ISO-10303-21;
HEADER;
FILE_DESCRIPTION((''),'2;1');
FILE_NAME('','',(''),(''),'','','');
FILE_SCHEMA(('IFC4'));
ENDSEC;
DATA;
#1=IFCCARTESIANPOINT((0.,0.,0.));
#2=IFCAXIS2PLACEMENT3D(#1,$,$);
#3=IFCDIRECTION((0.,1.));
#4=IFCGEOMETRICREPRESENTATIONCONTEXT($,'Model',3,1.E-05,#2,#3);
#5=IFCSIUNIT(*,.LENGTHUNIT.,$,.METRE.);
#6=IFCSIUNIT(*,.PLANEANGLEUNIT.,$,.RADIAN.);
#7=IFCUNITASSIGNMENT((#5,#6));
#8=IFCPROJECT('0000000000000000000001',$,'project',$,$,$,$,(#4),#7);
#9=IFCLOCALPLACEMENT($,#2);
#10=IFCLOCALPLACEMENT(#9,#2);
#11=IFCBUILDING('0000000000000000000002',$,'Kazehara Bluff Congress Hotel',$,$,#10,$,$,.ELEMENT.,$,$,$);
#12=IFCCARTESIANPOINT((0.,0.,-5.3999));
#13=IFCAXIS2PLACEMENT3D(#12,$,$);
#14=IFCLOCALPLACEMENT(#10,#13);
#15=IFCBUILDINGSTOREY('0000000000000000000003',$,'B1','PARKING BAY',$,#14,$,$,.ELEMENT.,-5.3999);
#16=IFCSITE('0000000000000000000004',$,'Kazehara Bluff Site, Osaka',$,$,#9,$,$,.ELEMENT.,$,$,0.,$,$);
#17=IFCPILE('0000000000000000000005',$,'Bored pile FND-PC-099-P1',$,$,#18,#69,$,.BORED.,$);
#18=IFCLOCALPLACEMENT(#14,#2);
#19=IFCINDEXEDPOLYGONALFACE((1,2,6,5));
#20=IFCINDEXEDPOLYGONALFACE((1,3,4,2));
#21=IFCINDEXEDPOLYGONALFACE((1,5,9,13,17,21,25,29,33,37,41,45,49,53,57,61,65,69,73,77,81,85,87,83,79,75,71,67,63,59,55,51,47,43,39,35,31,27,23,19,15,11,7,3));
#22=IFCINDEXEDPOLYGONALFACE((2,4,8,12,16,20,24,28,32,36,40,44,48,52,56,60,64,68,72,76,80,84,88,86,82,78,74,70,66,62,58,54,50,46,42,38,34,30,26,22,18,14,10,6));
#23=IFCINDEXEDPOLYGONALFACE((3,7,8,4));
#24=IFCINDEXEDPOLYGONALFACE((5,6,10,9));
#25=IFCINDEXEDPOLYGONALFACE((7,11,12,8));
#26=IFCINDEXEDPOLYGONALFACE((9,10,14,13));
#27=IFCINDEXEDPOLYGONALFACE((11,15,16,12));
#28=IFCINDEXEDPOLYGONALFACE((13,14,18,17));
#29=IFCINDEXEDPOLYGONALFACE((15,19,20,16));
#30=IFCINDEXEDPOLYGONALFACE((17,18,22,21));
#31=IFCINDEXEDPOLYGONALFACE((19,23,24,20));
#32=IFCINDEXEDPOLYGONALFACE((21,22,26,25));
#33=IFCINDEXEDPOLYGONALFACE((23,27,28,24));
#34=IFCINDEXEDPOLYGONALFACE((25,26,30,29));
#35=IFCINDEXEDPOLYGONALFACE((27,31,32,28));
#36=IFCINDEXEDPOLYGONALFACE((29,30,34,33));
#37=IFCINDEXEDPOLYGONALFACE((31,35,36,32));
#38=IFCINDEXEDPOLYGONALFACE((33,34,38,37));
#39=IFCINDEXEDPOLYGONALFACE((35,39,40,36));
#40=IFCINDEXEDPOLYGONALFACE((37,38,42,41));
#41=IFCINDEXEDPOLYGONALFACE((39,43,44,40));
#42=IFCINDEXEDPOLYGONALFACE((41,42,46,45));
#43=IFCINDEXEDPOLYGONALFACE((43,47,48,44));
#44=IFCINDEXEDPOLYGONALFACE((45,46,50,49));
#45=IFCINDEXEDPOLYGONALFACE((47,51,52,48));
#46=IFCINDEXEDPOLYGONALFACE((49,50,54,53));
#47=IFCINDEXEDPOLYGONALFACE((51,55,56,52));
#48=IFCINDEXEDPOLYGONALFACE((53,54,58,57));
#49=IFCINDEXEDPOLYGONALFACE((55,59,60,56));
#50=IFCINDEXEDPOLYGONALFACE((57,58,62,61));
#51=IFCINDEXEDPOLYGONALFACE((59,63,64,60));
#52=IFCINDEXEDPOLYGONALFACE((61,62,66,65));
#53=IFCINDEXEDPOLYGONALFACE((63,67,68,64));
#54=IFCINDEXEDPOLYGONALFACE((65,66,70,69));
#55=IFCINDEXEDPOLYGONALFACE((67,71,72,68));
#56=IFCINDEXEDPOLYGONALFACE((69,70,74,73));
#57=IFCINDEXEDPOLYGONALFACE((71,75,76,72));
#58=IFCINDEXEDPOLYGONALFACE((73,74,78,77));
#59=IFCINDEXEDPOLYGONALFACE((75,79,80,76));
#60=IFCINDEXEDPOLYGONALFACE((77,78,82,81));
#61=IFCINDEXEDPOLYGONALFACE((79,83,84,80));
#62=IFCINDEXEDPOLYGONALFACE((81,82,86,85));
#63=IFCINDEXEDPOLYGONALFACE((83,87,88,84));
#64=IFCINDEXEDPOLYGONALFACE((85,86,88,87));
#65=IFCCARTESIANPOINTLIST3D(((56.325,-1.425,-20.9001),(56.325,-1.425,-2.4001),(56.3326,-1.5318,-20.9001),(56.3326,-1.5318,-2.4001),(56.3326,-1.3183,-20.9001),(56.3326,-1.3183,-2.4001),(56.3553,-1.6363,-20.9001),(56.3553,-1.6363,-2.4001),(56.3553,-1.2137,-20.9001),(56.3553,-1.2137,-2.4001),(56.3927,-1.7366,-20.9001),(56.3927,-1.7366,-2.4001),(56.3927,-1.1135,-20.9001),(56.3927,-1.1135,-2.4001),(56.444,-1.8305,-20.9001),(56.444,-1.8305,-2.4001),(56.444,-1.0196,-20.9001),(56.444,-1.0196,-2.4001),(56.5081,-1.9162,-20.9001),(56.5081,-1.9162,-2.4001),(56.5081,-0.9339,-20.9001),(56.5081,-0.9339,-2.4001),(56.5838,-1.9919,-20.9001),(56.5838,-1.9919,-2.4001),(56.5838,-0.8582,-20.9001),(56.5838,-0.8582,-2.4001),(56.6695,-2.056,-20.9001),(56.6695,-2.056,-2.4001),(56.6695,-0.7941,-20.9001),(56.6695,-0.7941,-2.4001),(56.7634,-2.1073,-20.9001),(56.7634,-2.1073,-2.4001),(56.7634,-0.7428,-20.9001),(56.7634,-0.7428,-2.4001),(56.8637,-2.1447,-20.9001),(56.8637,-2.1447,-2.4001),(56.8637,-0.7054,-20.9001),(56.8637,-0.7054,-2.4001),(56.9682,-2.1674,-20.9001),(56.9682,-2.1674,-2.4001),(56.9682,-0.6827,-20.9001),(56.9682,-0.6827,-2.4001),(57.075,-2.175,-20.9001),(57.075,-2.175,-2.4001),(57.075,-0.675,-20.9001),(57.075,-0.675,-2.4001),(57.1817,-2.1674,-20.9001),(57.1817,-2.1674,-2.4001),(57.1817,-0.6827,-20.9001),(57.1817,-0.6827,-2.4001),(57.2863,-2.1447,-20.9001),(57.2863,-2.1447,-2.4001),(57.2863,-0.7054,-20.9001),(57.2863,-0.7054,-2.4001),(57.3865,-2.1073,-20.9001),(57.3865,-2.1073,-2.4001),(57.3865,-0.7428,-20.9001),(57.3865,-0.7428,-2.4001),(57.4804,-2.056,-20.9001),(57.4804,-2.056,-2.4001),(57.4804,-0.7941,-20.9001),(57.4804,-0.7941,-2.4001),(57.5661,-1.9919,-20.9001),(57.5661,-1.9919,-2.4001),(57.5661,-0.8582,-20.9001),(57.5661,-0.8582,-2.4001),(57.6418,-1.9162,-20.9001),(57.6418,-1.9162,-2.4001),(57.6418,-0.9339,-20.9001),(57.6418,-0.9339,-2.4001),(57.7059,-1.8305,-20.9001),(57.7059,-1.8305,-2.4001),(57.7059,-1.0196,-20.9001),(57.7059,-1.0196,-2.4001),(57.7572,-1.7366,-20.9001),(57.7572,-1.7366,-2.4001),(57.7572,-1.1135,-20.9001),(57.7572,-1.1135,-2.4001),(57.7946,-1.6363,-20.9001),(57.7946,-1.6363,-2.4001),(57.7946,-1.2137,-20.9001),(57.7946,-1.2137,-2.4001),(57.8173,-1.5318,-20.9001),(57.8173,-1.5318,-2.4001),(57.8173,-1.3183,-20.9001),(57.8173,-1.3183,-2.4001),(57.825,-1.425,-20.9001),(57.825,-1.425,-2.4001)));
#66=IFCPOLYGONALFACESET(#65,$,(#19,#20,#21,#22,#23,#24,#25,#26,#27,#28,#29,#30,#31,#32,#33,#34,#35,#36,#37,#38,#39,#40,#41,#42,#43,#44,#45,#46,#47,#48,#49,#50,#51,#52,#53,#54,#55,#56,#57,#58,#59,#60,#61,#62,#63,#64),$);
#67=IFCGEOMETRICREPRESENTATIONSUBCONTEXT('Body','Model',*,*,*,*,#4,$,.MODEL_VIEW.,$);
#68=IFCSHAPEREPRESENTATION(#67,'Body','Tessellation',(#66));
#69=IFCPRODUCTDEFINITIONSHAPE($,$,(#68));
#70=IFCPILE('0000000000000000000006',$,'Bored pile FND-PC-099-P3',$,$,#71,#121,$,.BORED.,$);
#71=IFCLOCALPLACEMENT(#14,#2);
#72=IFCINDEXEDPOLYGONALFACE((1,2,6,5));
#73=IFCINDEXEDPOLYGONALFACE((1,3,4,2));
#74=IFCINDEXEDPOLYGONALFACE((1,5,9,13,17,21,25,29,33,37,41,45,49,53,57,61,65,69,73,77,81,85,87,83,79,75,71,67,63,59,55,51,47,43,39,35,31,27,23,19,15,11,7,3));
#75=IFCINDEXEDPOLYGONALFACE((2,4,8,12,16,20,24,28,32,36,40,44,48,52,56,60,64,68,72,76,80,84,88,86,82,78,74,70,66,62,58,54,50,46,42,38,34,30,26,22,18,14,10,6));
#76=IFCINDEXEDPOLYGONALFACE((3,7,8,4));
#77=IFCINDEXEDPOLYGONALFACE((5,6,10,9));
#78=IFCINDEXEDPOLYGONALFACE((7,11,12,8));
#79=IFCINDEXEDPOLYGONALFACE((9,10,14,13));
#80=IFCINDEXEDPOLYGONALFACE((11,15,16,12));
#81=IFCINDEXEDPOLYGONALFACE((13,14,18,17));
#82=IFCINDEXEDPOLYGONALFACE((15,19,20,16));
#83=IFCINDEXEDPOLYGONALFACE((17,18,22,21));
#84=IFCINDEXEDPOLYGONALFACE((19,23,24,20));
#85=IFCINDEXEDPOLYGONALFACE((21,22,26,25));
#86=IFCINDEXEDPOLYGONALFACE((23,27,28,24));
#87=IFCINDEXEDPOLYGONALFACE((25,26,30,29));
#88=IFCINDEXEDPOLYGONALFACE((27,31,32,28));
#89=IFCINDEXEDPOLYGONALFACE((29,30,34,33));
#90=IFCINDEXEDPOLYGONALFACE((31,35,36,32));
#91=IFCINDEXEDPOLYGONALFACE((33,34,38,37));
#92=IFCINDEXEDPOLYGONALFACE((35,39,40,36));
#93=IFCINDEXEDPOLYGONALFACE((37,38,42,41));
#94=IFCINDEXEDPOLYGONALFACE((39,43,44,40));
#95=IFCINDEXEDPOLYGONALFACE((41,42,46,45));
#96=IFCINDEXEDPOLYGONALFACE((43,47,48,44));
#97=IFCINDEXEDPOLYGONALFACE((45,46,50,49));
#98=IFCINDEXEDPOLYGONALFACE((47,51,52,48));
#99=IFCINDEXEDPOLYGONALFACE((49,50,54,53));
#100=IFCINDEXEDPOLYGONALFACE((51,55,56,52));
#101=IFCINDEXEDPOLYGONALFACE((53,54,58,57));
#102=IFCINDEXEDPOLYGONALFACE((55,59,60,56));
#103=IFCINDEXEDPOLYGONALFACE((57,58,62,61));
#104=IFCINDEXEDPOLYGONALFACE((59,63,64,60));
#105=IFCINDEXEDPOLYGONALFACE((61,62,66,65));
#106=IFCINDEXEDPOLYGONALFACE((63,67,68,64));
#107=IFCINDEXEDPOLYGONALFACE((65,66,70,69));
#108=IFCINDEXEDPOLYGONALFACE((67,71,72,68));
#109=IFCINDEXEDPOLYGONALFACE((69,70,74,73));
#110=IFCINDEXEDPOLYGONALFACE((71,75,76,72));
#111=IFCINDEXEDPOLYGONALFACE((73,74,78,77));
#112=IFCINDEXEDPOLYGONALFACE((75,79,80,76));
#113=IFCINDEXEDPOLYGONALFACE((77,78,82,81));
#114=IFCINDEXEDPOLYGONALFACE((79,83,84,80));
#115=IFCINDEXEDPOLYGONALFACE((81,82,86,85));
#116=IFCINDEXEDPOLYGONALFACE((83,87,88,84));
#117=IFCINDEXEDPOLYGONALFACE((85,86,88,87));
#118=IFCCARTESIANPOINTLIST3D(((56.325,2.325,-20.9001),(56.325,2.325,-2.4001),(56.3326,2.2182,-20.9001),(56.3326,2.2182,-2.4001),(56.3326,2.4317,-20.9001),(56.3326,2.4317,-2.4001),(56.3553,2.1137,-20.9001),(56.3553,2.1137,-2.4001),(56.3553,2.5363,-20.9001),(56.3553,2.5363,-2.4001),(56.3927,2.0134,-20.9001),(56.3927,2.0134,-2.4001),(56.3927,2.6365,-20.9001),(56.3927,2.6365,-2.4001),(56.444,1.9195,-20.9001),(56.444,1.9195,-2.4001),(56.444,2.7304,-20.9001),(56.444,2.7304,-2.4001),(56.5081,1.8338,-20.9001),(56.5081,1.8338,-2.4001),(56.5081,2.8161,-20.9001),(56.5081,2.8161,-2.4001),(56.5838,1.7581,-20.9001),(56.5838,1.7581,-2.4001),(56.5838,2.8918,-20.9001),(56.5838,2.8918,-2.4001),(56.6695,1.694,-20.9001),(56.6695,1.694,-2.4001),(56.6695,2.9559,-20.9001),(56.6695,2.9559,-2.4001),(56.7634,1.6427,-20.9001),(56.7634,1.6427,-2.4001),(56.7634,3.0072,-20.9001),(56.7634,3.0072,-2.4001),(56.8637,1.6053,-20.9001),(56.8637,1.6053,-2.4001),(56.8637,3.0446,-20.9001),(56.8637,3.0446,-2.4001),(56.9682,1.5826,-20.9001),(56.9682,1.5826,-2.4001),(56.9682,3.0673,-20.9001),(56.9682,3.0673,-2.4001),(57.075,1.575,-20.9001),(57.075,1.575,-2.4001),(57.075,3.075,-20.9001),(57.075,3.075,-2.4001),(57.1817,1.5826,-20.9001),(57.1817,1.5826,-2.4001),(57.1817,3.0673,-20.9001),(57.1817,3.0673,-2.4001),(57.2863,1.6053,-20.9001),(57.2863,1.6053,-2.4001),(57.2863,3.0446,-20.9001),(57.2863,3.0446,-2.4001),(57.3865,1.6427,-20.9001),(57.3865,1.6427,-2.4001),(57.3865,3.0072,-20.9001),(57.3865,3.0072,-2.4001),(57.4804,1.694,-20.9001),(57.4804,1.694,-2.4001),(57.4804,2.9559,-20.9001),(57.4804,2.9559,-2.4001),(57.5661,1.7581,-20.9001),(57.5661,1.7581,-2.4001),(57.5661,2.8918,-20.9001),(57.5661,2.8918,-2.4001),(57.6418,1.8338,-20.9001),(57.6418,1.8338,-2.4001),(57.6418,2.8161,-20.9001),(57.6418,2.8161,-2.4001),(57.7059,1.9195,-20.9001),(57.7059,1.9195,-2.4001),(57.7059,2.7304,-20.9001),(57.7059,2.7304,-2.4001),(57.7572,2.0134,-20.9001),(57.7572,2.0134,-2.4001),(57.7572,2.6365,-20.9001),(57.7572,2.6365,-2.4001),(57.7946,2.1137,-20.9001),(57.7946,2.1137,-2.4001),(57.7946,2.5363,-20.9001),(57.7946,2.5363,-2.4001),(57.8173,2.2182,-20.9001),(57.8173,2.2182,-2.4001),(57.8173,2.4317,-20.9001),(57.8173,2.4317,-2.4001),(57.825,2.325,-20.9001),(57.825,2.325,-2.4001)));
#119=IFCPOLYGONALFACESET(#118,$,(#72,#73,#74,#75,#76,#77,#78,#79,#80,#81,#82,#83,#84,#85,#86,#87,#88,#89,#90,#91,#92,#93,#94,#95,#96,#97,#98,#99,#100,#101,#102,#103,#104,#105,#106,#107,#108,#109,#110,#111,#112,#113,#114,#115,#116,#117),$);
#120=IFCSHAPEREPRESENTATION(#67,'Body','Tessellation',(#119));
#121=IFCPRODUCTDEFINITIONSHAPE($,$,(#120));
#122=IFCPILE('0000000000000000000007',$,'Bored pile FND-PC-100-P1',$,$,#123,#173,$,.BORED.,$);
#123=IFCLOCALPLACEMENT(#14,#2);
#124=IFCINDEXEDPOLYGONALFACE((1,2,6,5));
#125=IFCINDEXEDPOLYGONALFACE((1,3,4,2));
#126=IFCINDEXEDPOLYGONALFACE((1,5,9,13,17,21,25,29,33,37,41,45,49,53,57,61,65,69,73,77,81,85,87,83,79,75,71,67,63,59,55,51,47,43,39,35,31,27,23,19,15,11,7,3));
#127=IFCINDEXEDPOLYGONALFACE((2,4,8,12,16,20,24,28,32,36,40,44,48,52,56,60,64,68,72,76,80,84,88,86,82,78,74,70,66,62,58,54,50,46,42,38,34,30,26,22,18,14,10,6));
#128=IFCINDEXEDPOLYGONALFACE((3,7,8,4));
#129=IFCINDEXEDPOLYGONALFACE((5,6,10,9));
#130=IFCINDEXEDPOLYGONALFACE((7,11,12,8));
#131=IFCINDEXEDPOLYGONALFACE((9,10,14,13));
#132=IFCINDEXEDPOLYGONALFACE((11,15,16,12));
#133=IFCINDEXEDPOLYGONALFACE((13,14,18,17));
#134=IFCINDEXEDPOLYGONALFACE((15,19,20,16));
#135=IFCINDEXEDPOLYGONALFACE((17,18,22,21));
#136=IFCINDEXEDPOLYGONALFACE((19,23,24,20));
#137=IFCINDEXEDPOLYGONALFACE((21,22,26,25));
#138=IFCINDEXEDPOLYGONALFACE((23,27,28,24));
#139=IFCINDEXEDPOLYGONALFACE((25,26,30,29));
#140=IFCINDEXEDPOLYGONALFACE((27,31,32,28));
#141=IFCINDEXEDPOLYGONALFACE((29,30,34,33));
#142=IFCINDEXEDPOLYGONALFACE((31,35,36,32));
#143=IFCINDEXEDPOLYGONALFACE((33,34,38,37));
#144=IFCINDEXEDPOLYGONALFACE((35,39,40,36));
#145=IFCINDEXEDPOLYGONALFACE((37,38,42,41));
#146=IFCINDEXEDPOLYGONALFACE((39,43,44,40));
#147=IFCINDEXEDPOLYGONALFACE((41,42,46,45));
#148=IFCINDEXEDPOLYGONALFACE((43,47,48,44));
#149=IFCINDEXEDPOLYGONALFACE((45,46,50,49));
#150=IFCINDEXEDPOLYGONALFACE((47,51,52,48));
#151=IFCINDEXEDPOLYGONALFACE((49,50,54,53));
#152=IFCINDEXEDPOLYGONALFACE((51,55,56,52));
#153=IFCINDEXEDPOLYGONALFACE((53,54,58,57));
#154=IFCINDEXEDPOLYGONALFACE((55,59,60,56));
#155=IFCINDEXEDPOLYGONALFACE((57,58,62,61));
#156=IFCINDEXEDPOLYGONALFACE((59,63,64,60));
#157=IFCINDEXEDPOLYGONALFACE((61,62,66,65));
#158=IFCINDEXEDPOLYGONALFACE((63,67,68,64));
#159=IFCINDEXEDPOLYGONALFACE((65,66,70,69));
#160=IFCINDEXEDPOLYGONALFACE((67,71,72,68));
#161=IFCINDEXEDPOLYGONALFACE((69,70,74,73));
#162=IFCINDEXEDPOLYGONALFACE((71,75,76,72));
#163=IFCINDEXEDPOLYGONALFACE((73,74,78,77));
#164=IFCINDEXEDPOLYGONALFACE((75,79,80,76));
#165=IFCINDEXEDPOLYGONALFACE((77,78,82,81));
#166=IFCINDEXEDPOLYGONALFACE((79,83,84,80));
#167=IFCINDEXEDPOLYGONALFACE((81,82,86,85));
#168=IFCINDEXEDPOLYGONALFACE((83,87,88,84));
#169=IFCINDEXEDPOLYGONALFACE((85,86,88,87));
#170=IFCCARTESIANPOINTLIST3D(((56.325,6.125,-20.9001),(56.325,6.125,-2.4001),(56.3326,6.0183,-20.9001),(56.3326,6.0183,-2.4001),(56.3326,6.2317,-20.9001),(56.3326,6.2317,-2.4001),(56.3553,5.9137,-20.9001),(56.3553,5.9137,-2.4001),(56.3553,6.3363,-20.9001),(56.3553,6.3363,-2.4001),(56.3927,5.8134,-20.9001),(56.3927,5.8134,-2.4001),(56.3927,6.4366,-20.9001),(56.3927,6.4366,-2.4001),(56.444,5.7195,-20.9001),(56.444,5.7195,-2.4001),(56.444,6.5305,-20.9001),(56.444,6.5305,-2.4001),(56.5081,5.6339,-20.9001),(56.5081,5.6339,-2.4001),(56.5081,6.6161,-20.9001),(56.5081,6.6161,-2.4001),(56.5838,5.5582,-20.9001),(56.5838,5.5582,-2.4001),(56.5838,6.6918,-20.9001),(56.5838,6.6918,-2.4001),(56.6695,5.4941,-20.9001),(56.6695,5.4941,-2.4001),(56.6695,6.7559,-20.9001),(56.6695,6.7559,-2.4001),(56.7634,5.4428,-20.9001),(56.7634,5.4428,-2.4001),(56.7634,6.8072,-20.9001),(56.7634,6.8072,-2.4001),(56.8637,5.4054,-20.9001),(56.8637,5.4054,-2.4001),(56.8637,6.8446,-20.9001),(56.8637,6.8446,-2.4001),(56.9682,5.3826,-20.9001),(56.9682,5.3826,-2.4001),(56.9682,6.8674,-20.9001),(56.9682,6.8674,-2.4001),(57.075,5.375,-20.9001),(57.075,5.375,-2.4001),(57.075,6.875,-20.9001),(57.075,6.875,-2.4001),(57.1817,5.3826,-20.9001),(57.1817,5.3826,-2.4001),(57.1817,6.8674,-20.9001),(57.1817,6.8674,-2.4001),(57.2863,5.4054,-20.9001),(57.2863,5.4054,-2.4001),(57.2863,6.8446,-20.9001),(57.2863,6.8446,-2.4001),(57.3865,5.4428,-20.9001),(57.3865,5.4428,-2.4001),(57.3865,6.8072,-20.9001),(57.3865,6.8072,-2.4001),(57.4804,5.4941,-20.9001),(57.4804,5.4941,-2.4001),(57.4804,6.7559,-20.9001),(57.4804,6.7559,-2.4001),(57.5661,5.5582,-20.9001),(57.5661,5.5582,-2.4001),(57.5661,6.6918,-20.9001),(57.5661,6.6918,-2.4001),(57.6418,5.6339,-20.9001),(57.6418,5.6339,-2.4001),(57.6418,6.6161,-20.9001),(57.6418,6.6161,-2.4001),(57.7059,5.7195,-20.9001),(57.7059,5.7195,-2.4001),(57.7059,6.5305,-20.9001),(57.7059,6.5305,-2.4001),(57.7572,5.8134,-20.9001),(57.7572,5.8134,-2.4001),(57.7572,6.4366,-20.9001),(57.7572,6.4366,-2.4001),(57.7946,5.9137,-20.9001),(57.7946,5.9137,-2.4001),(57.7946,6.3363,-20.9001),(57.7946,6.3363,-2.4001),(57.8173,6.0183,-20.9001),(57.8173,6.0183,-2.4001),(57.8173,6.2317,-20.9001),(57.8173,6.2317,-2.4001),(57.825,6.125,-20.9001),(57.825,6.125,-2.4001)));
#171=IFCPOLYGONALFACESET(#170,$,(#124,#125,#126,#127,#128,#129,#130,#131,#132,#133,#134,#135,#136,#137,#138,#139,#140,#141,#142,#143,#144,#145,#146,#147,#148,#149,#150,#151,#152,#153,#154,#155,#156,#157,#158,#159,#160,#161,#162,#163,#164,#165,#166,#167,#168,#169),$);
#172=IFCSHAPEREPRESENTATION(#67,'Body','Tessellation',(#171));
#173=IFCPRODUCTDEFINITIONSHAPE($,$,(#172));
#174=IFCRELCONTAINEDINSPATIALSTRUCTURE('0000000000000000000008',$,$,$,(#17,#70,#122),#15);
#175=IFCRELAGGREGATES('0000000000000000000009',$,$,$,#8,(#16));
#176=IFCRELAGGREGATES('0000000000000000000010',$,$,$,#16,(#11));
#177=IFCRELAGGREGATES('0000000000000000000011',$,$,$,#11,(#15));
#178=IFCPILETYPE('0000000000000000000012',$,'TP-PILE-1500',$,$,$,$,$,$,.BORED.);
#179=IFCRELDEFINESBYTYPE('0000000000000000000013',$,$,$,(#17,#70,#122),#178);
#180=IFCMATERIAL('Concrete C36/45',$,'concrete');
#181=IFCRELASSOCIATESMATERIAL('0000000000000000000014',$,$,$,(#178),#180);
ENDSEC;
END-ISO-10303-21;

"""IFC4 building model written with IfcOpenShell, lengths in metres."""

from ifc_helpers import new_model, si_unit, direction, frame, origin, origin_2d, place, context, subcontext, project, spatial, circle, extrude, material, material_profile, profile_set, type_object, element, save


model = new_model("IFC4")

# Units and contexts
model_context = context("Model", 3, precision=1e-05, world=origin(), true_north=direction((0.0, 1.0)))
body_context = subcontext(model_context, "Body", "Model", "MODEL_VIEW")
ifc_project = project(units=[si_unit("LENGTHUNIT", "METRE"), si_unit("PLANEANGLEUNIT", "RADIAN")], contexts=[model_context])

# Site, building, storey
site_placement = place(None, origin())
site = spatial("IfcSite", under=ifc_project, at=site_placement, Name="Kazehara Bluff Site, Osaka", CompositionType="ELEMENT", RefElevation=0.0)
building_placement = place(site_placement, origin())
building = spatial("IfcBuilding", under=site, at=building_placement, Name="Kazehara Bluff Congress Hotel", CompositionType="ELEMENT")
storey_placement = place(building_placement, frame((0.0, 0.0, -5.3999)))
storey = spatial("IfcBuildingStorey", under=building, at=storey_placement, Name="B1", Description="PARKING BAY", CompositionType="ELEMENT", Elevation=-5.3999)

# Piles
ifc_material_1 = material(Name="Concrete C36/45", Category="concrete")
ifc_material_profile_1 = material_profile(ifc_material_1, circle(Radius=0.75, at=origin_2d()))
ifc_profile_set_1 = profile_set([ifc_material_profile_1], Name="Concrete C36/45")
pile_type_1 = type_object("IfcPileType", Name="TP-PILE-1500", PredefinedType="BORED", material=ifc_profile_set_1)
for number, where, z_axis, x_axis, name in (
    (1, (57.075, -1.425, -2.4001), (0.0, 0.0, -1.0), (1.0, 0.0, 0.0), "Bored pile FND-PC-099-P1"),
    (2, (57.075, 2.325, -2.4001), (0.0, 0.0, -1.0), (1.0, 0.0, 0.0), "Bored pile FND-PC-099-P3"),
    (3, (57.075, 6.125, -2.4001), (0.0, 0.0, -1.0), (1.0, 0.0, 0.0), "Bored pile FND-PC-100-P1"),
):
    element("IfcPile", number, at=place(storey_placement, frame(where, z_axis=z_axis, x_axis=x_axis)), inside=storey, type_object=pile_type_1, Name=name, PredefinedType="BORED", context=body_context, shape_type="SweptSolid", body=[
        extrude(circle(Radius=0.75, at=origin_2d()), origin(), (0.0, 0.0, 1.0), 18.5),
    ])

save(model, "model.ifc")
